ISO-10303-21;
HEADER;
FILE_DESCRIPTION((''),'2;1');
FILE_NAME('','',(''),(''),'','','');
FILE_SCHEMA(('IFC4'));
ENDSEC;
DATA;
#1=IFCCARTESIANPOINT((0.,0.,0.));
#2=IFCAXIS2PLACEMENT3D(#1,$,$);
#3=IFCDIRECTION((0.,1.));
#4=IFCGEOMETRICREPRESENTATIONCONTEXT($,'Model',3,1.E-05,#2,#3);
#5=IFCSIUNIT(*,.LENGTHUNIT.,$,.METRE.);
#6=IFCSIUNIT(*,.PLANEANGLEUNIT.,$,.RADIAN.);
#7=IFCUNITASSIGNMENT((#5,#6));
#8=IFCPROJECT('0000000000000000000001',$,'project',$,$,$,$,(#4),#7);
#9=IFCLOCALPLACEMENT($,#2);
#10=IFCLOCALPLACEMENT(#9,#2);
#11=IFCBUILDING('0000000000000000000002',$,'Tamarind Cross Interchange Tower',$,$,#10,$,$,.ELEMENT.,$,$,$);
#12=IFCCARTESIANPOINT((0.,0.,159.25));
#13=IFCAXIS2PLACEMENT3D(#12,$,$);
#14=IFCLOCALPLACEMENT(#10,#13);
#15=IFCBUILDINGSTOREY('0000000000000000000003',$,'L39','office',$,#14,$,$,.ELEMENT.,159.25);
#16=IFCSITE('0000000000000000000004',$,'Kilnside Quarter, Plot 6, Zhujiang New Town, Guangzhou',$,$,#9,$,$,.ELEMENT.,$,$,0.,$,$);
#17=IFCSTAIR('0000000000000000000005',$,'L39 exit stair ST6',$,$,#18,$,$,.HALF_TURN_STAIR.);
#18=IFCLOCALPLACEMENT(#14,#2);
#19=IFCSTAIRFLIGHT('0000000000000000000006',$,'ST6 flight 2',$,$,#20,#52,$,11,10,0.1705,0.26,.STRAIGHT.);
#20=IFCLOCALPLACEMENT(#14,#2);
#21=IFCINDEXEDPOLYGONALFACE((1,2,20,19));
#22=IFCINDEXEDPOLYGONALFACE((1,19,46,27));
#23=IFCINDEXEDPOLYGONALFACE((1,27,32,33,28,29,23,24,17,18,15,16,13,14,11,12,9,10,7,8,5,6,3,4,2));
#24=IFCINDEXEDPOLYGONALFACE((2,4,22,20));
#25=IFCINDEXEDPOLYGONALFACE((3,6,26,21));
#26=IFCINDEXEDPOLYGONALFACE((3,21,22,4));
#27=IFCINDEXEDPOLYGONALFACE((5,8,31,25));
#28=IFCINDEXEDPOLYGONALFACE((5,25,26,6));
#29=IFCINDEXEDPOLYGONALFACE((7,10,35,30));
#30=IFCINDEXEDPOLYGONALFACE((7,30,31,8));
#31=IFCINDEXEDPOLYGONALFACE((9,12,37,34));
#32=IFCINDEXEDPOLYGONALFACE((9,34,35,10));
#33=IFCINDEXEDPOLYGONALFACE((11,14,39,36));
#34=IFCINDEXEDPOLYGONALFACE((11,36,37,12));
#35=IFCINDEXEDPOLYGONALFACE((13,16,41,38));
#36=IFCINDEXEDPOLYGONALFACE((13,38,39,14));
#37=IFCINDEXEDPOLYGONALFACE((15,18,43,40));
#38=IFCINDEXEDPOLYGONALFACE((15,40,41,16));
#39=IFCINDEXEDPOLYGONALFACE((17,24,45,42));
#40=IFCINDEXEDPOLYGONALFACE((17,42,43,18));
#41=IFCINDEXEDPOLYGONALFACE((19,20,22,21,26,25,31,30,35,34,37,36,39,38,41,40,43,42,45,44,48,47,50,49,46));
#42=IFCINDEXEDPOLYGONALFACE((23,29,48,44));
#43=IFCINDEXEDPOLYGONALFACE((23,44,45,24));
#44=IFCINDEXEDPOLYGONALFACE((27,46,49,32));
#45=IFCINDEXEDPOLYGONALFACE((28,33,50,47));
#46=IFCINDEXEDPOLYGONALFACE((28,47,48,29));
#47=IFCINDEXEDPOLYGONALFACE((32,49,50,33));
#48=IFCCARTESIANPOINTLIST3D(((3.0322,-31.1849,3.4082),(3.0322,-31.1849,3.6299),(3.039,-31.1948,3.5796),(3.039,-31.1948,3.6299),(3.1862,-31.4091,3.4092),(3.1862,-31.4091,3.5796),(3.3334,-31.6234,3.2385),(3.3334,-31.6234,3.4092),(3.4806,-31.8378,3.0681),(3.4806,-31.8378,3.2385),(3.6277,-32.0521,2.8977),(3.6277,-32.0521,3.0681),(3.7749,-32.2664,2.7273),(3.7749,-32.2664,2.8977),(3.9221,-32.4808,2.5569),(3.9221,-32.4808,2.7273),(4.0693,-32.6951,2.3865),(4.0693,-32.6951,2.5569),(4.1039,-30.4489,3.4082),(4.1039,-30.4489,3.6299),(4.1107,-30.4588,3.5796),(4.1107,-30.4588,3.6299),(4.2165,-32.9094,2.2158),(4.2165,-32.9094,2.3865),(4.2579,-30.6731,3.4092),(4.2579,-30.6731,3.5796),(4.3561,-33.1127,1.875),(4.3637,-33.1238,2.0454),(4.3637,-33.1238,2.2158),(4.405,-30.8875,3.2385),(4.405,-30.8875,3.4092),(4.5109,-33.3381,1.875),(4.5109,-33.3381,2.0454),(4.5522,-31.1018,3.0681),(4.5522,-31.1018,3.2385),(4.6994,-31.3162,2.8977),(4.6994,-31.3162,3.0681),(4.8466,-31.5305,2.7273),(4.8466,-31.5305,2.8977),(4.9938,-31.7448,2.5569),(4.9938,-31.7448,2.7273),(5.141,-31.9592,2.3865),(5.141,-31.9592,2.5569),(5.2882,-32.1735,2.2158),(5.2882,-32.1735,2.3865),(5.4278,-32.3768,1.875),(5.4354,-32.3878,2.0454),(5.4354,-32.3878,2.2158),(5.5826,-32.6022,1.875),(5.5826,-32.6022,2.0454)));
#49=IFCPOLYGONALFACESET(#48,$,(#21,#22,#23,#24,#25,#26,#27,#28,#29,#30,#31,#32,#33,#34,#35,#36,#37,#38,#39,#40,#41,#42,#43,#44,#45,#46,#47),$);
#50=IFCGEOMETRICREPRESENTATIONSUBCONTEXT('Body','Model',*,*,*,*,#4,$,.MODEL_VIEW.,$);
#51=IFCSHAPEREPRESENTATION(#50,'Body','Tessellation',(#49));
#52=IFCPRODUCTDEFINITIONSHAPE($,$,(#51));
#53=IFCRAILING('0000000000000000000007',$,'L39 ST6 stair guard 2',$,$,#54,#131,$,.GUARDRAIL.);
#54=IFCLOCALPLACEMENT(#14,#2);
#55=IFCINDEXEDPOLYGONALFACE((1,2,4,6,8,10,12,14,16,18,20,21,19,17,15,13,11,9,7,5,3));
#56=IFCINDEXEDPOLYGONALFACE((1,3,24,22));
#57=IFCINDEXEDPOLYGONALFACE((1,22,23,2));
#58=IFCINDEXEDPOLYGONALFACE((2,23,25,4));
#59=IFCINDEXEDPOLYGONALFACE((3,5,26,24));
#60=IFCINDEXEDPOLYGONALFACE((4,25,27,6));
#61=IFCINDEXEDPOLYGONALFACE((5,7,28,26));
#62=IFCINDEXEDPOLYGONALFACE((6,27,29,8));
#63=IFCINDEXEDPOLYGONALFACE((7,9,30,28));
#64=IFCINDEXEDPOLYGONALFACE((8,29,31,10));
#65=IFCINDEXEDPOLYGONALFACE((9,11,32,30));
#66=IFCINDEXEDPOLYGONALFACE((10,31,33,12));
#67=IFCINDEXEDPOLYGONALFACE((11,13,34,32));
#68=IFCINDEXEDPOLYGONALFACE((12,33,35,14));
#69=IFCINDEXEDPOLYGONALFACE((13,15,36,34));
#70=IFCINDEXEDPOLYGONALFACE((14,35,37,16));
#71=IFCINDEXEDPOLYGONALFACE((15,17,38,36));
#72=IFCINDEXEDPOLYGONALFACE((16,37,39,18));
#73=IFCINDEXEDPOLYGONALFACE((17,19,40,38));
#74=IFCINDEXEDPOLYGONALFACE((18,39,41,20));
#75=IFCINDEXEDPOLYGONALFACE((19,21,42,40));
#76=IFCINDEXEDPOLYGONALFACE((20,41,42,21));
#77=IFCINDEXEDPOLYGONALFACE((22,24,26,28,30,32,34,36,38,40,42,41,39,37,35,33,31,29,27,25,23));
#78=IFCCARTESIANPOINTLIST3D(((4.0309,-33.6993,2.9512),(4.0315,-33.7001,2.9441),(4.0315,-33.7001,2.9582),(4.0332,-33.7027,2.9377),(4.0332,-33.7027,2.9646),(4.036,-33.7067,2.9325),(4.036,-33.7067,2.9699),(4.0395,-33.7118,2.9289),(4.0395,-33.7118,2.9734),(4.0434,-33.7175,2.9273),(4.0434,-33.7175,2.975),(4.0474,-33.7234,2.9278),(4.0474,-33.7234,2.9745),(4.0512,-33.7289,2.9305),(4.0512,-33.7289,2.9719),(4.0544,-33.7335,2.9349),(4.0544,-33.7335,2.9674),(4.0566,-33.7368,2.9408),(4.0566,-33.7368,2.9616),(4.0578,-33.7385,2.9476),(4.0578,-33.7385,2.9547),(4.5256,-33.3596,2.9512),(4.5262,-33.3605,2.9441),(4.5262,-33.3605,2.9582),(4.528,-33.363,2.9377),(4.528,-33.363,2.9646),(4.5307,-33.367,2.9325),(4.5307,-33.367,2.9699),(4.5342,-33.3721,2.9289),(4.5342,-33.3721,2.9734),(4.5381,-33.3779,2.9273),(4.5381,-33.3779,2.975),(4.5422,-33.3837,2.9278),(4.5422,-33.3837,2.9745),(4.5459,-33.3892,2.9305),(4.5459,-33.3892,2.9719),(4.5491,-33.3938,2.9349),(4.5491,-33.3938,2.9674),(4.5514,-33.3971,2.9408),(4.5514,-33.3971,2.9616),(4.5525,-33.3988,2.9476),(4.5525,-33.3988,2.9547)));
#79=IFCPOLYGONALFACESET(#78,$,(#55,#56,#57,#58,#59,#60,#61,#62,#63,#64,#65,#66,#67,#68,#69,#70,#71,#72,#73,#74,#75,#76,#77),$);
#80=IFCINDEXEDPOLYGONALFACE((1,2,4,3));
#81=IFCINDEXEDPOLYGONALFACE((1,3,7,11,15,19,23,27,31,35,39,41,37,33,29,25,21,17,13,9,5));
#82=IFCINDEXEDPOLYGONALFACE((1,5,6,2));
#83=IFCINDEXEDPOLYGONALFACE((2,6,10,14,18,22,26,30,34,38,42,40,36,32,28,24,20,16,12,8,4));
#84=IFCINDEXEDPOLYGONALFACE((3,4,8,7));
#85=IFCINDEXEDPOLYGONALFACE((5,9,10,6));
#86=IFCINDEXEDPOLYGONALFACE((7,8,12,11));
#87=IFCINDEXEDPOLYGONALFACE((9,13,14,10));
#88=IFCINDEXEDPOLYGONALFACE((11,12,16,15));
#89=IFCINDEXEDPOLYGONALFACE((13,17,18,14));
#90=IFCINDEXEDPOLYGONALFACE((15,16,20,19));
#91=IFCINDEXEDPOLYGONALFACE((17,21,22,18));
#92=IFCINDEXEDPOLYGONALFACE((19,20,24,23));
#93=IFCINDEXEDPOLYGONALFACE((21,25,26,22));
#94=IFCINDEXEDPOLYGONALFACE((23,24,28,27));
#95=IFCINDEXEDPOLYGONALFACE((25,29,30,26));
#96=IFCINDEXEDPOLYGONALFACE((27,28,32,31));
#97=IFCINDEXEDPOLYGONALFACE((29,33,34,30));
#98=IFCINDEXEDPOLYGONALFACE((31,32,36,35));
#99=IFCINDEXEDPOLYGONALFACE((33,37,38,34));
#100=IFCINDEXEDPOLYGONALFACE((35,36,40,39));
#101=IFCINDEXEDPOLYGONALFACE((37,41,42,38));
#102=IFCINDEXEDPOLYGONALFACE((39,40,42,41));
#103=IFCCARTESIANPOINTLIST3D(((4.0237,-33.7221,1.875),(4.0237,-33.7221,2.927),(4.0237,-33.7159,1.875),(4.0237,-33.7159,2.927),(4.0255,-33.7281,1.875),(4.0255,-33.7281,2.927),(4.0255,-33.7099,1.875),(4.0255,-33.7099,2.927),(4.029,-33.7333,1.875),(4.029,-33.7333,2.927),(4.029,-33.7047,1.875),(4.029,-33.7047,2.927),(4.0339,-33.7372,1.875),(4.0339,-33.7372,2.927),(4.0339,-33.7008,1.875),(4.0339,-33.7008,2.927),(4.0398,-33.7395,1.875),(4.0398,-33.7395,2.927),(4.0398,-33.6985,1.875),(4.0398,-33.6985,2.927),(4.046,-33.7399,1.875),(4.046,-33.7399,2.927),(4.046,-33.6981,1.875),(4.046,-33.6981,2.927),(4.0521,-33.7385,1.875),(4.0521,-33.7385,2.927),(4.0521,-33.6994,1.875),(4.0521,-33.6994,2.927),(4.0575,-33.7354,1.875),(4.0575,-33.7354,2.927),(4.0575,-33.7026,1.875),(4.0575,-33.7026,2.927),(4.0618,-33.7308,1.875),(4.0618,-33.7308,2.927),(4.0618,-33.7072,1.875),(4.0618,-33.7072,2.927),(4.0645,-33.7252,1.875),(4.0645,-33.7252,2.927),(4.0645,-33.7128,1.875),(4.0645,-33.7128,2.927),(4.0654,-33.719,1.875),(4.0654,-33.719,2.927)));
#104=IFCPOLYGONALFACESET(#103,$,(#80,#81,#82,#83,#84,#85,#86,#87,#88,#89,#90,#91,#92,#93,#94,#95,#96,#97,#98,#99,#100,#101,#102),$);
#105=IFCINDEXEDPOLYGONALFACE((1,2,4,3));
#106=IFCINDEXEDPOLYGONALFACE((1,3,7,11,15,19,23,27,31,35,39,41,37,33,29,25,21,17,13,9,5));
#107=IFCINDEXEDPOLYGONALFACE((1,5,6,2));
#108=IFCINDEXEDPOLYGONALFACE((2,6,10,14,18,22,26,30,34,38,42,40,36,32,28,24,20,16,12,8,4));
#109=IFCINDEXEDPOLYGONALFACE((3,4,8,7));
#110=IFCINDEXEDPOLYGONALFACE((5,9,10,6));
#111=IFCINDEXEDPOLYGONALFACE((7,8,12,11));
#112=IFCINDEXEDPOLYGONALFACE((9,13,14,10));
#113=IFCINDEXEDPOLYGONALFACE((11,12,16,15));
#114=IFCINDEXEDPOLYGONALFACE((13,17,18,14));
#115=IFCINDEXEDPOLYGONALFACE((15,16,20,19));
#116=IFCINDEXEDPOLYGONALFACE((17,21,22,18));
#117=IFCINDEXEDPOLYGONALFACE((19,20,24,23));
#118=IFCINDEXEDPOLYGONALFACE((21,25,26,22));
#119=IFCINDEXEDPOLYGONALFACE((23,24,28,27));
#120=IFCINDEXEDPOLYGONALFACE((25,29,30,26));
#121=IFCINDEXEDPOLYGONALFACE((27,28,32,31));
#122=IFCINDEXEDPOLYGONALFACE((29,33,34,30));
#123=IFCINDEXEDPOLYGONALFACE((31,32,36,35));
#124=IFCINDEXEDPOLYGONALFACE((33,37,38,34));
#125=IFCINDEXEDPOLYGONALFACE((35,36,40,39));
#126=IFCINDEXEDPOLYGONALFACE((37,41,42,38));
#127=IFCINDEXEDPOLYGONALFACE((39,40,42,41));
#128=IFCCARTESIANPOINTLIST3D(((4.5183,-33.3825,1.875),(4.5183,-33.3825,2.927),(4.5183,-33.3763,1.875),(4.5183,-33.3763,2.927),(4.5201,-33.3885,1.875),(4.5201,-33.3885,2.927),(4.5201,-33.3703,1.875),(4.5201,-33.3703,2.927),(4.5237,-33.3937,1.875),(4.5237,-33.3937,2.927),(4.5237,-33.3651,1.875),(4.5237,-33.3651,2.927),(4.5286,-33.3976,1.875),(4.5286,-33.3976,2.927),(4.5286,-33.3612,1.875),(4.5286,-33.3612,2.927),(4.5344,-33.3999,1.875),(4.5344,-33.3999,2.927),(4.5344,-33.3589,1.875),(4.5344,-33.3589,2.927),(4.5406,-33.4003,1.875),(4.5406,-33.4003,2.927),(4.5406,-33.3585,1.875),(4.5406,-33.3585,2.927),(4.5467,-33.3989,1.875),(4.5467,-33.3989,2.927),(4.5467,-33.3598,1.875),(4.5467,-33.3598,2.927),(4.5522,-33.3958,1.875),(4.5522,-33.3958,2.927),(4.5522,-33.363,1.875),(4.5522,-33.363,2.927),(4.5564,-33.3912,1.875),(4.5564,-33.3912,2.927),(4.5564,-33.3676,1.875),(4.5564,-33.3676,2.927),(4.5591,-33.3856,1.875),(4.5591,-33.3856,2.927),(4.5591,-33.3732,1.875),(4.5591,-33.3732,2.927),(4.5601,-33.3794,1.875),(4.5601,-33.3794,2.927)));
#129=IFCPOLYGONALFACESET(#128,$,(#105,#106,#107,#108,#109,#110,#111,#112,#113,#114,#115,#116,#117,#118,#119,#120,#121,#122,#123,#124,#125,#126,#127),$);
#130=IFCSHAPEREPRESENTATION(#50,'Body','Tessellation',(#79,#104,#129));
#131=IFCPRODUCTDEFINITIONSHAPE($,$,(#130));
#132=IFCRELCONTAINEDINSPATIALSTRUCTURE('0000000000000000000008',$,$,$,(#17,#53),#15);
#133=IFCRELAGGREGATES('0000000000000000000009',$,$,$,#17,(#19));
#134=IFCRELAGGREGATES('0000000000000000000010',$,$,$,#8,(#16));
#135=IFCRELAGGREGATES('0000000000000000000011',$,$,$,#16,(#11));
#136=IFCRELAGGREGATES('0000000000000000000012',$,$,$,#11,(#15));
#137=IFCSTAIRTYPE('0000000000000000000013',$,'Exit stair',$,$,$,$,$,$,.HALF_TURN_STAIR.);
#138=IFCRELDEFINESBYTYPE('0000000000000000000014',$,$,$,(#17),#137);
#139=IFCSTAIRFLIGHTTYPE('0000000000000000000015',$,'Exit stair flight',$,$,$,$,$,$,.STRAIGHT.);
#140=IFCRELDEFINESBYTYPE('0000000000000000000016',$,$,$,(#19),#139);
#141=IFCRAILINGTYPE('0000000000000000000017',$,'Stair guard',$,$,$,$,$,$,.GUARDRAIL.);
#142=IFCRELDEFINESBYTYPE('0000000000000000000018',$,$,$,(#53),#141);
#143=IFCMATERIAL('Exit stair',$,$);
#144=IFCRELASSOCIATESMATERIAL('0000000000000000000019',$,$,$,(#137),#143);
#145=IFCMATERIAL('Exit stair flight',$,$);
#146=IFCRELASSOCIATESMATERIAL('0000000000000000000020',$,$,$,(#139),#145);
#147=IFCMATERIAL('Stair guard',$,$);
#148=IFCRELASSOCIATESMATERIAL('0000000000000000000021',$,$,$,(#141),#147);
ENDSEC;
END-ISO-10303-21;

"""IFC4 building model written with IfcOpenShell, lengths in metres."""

from ifc_helpers import new_model, si_unit, direction, frame, origin, origin_2d, place, context, subcontext, project, spatial, polyline, circle, outline, extrude, material, type_object, element, aggregate, save


model = new_model("IFC4")

# Units and contexts
model_context = context("Model", 3, precision=1e-05, world=origin(), true_north=direction((0.0, 1.0)))
body_context = subcontext(model_context, "Body", "Model", "MODEL_VIEW")
ifc_project = project(units=[si_unit("LENGTHUNIT", "METRE"), si_unit("PLANEANGLEUNIT", "RADIAN")], contexts=[model_context])

# Site, building, storey
site_placement = place(None, origin())
site = spatial("IfcSite", under=ifc_project, at=site_placement, Name="Kilnside Quarter, Plot 6, Zhujiang New Town, Guangzhou", CompositionType="ELEMENT", RefElevation=0.0)
building_placement = place(site_placement, origin())
building = spatial("IfcBuilding", under=site, at=building_placement, Name="Tamarind Cross Interchange Tower", CompositionType="ELEMENT")
storey_placement = place(building_placement, frame((0.0, 0.0, 159.25)))
storey = spatial("IfcBuildingStorey", under=building, at=storey_placement, Name="L39", Description="office", CompositionType="ELEMENT", Elevation=159.25)

# Stair, stair flight
ifc_material_1 = material(Name="Exit stair")
stair_type = type_object("IfcStairType", Name="Exit stair", PredefinedType="HALF_TURN_STAIR", material=ifc_material_1)
stair_placement = place(storey_placement, origin())
stair = element("IfcStair", 1, at=stair_placement, inside=storey, type_object=stair_type, Name="L39 exit stair ST6", PredefinedType="HALF_TURN_STAIR")
ifc_material_2 = material(Name="Exit stair flight")
stair_flight_type = type_object("IfcStairFlightType", Name="Exit stair flight", PredefinedType="STRAIGHT", material=ifc_material_2)
stair_flight_1_placement = place(storey_placement, frame((5.0466, -32.9702, 1.875), z_axis=(0.0, 0.0, 1.0), x_axis=(-0.566096, 0.82434, 0.0)))
stair_flight_1 = element("IfcStairFlight", 2, at=stair_flight_1_placement, type_object=stair_flight_type, Name="ST6 flight 2", NumberOfRisers=11, NumberOfTreads=10, PredefinedType="STRAIGHT", RiserHeight=0.1705, TreadLength=0.26, context=body_context, shape_type="SweptSolid", body=[
    extrude(outline(polyline([(0.0, 0.0), (0.0, 0.1704), (0.26, 0.1704), (0.26, 0.3408), (0.52, 0.3408), (0.52, 0.5115), (0.78, 0.5115), (0.78, 0.6819), (1.04, 0.6819), (1.04, 0.8523), (1.3, 0.8523), (1.3, 1.0227), (1.5601, 1.0227), (1.5601, 1.1931), (1.8201, 1.1931), (1.8201, 1.3635), (2.0801, 1.3635), (2.0801, 1.5342), (2.3401, 1.5342), (2.3401, 1.7046), (2.6001, 1.7046), (2.6001, 1.7549), (2.6121, 1.7549), (2.6121, 1.5332), (0.2734, 0.0), (0.0, 0.0)])), frame((0.0, 0.6499, 0.0), z_axis=(0.0, -1.0, 0.0), x_axis=(1.0, 0.0, 0.0)), (0.0, 0.0, 1.0), 1.3),
])
aggregate(stair, [stair_flight_1])

# Railing
ifc_material_3 = material(Name="Stair guard")
railing_type_1 = type_object("IfcRailingType", Name="Stair guard", PredefinedType="GUARDRAIL", material=ifc_material_3)
railing_1_placement = place(storey_placement, frame((4.0444, -33.719, 1.875)))
element("IfcRailing", 3, at=railing_1_placement, inside=storey, type_object=railing_type_1, Name="L39 ST6 stair guard 2", PredefinedType="GUARDRAIL", context=body_context, shape_type="SweptSolid", body=[
    extrude(circle(Radius=0.0239, at=origin_2d()), frame((0.0, 0.0, 1.0762), z_axis=(0.824398, 0.566011, 0.0), x_axis=(-0.566011, 0.824398, 0.0)), (0.0, 0.0, 1.0), 0.6001),
    extrude(circle(Radius=0.021, at=origin_2d()), origin(), (0.0, 0.0, 1.0), 1.052),
    extrude(circle(Radius=0.021, at=origin_2d()), frame((0.4946, 0.3396, 0.0)), (0.0, 0.0, 1.0), 1.052),
])

save(model, "model.ifc")
